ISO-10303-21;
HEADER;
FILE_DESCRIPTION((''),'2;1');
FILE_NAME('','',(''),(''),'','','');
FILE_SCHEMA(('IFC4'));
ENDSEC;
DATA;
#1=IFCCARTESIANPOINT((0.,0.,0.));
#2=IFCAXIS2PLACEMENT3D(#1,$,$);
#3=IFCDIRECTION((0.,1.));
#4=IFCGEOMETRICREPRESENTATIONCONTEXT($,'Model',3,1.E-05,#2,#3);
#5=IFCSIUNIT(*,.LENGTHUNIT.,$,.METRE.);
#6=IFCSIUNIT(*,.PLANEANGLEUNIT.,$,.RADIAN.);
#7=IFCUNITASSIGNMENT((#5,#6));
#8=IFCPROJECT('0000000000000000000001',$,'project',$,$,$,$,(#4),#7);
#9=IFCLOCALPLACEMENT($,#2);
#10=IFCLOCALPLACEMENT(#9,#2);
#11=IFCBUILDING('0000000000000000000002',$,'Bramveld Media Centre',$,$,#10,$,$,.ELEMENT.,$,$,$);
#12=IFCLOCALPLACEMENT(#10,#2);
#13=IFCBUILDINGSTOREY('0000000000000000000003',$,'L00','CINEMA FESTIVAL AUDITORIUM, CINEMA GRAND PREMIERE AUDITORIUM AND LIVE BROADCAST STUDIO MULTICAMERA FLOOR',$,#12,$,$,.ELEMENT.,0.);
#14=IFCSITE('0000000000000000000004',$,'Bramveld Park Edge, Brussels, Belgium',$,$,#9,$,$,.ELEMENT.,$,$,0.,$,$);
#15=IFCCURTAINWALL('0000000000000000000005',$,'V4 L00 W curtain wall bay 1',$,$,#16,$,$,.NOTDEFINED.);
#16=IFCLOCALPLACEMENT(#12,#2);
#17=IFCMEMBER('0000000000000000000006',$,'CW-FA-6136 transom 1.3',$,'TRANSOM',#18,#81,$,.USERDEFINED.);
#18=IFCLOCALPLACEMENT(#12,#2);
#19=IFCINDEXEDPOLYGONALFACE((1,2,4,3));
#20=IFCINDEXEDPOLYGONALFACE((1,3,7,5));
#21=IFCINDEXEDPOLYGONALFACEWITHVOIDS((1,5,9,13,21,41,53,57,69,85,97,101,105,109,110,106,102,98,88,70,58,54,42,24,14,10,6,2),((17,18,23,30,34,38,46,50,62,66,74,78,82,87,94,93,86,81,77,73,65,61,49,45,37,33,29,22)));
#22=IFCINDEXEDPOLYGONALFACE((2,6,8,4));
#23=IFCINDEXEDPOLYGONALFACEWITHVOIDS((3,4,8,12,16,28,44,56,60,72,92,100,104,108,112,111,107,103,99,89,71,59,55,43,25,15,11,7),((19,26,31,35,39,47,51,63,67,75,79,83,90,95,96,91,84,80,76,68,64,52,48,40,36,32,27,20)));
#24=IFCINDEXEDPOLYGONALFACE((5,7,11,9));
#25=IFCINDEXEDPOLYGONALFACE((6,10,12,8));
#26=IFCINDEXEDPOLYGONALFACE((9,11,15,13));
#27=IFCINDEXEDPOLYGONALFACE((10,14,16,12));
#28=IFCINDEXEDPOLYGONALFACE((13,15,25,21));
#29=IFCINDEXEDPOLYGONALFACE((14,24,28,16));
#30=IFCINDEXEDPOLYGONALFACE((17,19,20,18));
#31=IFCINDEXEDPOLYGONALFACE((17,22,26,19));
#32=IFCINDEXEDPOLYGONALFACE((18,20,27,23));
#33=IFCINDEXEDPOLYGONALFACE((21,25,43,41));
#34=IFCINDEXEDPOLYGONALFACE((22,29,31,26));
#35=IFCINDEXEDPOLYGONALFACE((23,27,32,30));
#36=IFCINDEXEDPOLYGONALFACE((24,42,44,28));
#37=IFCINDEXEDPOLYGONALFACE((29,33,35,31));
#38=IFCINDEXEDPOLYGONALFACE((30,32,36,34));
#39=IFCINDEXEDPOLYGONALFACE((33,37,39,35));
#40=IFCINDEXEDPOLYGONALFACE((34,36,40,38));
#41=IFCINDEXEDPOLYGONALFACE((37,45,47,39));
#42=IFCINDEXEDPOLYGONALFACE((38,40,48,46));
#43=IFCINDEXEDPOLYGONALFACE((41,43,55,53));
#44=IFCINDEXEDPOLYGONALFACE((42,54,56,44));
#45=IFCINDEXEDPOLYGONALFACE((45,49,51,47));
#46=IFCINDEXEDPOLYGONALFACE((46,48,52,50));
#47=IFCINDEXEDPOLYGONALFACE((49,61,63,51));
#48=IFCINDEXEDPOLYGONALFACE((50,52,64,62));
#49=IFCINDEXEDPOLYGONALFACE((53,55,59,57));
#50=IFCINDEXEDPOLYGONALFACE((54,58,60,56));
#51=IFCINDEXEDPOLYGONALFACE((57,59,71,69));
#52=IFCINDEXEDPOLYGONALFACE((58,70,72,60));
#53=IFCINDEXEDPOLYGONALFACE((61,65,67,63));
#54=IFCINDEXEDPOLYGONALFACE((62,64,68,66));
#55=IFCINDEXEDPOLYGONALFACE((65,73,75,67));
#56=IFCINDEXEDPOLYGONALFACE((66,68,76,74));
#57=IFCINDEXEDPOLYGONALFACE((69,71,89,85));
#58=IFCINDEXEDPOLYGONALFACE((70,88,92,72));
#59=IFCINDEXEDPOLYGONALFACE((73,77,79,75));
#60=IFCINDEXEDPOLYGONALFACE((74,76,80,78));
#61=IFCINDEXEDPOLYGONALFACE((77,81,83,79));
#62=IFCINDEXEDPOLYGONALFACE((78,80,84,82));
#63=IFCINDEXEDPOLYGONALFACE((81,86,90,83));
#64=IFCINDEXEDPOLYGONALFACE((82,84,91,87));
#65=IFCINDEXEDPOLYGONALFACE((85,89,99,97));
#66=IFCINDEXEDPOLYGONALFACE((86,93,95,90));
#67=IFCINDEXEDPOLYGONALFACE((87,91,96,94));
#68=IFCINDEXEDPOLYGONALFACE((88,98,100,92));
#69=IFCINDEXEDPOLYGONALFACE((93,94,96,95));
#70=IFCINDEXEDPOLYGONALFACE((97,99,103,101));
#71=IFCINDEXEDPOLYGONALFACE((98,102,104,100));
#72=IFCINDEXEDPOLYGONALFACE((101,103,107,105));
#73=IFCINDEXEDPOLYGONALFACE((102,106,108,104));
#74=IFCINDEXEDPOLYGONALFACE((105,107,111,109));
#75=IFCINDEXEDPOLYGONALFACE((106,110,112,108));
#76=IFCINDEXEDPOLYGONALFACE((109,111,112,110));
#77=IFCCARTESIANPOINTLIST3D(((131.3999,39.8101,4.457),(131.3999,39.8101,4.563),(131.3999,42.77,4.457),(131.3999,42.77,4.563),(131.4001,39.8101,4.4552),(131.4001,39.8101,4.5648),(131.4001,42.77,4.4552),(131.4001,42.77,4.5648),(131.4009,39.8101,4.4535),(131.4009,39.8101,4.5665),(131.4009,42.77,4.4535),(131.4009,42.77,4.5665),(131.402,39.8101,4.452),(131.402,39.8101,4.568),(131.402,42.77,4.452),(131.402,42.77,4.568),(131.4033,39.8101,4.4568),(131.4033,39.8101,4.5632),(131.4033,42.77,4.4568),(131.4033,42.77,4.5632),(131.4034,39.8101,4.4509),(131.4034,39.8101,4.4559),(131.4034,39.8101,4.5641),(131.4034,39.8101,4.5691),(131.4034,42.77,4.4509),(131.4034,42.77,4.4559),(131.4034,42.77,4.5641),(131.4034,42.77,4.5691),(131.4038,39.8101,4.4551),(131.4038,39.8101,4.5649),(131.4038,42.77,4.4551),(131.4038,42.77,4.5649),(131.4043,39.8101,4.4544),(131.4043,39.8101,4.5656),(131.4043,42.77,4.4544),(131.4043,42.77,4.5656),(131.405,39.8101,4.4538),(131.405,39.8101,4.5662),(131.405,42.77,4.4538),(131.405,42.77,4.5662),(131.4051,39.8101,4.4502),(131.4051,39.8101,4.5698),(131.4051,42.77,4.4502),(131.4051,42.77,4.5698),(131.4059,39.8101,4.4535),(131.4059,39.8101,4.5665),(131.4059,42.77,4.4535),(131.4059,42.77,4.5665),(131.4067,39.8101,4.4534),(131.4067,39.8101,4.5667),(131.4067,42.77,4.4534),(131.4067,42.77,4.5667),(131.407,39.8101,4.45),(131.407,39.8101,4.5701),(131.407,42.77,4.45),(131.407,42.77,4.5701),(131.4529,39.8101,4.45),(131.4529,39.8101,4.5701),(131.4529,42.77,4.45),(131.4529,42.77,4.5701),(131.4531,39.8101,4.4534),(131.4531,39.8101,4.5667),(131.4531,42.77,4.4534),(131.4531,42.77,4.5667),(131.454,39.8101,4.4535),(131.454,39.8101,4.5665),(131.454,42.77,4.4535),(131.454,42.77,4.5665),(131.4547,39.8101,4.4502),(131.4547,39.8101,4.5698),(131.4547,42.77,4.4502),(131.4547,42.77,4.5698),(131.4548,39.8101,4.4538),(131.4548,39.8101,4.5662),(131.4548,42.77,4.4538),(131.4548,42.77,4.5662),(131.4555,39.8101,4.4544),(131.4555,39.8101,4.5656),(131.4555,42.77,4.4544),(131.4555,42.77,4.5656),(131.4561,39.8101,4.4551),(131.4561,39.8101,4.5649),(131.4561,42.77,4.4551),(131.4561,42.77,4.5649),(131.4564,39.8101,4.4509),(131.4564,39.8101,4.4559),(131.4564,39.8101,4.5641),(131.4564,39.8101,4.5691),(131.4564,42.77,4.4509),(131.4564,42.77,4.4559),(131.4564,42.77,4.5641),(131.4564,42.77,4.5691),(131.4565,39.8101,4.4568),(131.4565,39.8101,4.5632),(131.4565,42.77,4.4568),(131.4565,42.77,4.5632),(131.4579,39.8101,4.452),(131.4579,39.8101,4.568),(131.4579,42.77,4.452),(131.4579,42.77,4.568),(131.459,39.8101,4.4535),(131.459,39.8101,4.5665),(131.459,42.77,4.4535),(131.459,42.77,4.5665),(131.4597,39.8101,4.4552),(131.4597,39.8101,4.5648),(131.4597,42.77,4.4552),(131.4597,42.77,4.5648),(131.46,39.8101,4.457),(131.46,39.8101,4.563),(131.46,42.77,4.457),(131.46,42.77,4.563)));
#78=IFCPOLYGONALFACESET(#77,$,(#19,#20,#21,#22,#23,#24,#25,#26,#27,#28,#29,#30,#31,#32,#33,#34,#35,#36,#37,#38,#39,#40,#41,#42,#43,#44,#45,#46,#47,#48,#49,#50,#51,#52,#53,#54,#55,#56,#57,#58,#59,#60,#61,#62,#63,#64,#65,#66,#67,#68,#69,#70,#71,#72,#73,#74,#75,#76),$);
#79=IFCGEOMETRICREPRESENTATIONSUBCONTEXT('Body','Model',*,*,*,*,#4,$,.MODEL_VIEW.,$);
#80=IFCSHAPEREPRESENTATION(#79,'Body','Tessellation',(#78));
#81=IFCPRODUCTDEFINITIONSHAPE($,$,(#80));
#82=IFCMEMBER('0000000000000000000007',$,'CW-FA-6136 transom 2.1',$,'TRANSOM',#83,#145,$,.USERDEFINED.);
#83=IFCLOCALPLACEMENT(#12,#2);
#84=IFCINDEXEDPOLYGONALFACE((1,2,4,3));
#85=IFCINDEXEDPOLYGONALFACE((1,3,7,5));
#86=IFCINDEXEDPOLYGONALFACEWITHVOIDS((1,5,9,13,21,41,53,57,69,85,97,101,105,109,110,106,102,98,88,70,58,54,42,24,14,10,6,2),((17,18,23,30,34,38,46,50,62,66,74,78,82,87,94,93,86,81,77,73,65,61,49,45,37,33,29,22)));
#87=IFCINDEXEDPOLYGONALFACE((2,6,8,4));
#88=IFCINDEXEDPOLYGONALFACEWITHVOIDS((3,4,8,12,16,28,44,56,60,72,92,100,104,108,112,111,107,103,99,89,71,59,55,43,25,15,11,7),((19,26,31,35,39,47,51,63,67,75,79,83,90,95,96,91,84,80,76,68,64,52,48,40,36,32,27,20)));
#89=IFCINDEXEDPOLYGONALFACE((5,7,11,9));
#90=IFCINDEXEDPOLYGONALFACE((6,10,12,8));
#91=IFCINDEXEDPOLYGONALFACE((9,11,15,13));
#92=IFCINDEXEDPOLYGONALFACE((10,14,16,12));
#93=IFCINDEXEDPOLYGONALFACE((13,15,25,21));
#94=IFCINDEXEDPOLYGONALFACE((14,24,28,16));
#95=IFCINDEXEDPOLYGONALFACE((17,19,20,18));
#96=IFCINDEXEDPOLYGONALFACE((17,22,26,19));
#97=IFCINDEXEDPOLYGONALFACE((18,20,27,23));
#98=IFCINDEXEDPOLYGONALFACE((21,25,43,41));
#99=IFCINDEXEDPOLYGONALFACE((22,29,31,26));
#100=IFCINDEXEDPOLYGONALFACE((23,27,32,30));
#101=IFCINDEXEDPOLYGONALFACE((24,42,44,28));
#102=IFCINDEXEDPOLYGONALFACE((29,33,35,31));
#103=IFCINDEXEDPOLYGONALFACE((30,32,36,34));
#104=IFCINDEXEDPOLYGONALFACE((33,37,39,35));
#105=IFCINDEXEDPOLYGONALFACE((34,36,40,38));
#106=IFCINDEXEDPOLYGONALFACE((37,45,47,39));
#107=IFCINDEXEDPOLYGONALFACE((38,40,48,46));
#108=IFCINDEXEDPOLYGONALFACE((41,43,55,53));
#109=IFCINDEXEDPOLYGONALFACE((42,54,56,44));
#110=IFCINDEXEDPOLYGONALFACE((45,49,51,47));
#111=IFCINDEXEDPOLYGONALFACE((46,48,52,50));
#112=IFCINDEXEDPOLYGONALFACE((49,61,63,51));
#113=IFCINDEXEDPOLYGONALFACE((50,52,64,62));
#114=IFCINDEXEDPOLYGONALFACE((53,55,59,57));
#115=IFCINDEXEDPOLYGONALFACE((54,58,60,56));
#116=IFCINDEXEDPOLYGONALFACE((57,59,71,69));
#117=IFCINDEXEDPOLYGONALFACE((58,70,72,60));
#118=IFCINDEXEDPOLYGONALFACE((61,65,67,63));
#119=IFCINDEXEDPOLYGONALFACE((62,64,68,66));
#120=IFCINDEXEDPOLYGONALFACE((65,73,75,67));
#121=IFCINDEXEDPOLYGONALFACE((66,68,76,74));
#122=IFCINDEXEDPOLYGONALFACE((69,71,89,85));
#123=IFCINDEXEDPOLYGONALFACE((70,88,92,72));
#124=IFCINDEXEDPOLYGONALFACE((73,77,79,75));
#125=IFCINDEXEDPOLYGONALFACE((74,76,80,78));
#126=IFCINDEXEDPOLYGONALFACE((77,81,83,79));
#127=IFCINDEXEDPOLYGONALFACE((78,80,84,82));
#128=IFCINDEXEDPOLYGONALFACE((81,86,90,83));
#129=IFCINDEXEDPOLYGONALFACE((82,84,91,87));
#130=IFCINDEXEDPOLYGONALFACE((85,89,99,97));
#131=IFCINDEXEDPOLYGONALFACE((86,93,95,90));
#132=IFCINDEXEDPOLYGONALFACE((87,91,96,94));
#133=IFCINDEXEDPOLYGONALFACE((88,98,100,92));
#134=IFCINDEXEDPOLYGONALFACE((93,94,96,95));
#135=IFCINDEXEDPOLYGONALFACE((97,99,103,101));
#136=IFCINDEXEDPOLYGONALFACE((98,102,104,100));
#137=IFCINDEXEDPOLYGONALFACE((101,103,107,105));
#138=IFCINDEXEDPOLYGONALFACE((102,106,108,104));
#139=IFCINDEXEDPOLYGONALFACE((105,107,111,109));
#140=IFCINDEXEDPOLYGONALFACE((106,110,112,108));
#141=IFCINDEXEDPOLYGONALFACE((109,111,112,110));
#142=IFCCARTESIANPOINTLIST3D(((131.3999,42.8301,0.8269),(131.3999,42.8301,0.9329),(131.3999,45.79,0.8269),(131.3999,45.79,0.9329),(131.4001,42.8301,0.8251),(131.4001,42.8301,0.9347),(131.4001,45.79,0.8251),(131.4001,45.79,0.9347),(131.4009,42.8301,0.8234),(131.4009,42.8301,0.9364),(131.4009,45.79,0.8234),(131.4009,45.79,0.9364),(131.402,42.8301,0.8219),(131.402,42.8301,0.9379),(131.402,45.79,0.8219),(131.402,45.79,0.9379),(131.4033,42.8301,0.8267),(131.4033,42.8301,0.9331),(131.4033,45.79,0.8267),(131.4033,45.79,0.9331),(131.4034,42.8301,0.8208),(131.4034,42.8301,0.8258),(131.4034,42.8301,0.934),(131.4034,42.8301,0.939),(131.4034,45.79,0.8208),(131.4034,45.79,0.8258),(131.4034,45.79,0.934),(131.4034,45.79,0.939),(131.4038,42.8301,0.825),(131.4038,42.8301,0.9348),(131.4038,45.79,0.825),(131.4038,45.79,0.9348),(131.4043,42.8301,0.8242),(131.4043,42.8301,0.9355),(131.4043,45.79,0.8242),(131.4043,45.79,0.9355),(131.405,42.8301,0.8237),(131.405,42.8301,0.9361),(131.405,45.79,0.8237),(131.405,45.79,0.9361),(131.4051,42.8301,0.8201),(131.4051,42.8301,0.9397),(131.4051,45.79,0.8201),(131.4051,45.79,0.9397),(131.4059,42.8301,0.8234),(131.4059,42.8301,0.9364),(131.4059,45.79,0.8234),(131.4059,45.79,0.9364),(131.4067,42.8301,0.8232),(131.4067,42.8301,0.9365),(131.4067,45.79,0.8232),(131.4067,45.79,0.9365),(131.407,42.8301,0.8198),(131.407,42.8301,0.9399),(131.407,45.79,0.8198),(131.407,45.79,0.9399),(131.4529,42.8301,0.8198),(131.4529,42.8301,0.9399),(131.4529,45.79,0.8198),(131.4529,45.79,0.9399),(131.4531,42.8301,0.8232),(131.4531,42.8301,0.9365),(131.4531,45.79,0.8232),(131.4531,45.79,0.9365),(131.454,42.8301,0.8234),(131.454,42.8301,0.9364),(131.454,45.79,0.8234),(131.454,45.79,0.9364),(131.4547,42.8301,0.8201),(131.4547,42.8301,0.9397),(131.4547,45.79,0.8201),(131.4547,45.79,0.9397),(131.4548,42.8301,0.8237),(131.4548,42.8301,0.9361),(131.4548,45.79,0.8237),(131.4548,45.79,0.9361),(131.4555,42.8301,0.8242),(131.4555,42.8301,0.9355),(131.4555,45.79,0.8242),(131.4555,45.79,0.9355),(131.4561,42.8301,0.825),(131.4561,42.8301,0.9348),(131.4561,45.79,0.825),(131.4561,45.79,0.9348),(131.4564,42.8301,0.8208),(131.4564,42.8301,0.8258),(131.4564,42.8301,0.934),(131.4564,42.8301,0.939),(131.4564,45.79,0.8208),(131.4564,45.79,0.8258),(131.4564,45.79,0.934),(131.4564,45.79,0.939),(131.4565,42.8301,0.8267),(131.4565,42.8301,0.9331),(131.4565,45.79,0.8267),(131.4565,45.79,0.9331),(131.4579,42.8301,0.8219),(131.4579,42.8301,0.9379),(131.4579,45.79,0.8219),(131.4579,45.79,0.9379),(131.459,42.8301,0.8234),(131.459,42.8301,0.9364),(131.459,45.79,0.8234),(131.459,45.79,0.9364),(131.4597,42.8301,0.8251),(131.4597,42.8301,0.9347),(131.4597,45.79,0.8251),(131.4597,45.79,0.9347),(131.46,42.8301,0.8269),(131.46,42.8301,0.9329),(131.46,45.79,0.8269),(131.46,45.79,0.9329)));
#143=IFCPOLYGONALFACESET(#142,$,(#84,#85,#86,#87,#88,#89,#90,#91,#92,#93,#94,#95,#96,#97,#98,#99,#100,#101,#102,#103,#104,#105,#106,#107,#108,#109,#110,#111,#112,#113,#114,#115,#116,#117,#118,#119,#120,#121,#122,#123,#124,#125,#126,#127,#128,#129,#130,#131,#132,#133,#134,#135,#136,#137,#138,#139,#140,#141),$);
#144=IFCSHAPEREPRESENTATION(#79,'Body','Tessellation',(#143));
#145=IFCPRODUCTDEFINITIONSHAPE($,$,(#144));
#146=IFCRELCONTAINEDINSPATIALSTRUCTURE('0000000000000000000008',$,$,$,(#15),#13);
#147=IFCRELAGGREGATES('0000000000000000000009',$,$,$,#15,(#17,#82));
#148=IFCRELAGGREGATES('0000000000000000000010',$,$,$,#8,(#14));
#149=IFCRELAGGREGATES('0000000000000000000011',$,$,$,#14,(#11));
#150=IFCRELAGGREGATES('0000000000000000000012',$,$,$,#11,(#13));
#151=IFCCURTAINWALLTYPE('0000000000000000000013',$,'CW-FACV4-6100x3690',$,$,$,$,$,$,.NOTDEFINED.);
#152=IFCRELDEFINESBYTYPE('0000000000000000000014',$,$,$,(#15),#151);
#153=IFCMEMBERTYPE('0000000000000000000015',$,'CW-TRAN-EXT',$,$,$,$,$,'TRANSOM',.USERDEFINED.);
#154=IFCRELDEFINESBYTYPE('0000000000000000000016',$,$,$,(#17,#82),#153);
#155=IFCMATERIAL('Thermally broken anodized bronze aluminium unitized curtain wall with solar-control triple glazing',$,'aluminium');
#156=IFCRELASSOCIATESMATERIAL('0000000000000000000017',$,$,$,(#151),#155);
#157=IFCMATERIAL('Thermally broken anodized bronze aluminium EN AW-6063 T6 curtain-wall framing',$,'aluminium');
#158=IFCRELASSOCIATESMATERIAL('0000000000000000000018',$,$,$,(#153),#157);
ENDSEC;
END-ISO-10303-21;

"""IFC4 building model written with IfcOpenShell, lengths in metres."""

from ifc_helpers import new_model, si_unit, direction, frame, origin, origin_2d, place, context, subcontext, project, spatial, hollow_rectangle, extrude, material, material_profile, profile_set, type_object, element, aggregate, save


model = new_model("IFC4")

# Units and contexts
model_context = context("Model", 3, precision=1e-05, world=origin(), true_north=direction((0.0, 1.0)))
body_context = subcontext(model_context, "Body", "Model", "MODEL_VIEW")
ifc_project = project(units=[si_unit("LENGTHUNIT", "METRE"), si_unit("PLANEANGLEUNIT", "RADIAN")], contexts=[model_context])

# Site, building, storey
site_placement = place(None, origin())
site = spatial("IfcSite", under=ifc_project, at=site_placement, Name="Bramveld Park Edge, Brussels, Belgium", CompositionType="ELEMENT", RefElevation=0.0)
building_placement = place(site_placement, origin())
building = spatial("IfcBuilding", under=site, at=building_placement, Name="Bramveld Media Centre", CompositionType="ELEMENT")
storey_placement = place(building_placement, origin())
storey = spatial("IfcBuildingStorey", under=building, at=storey_placement, Name="L00", Description="CINEMA FESTIVAL AUDITORIUM, CINEMA GRAND PREMIERE AUDITORIUM AND LIVE BROADCAST STUDIO MULTICAMERA FLOOR", CompositionType="ELEMENT", Elevation=0.0)

# Curtain wall, members
ifc_material_1 = material(Name="Thermally broken anodized bronze aluminium unitized curtain wall with solar-control triple glazing", Category="aluminium")
curtain_wall_type = type_object("IfcCurtainWallType", Name="CW-FACV4-6100x3690", PredefinedType="NOTDEFINED", material=ifc_material_1)
curtain_wall_placement = place(storey_placement, origin())
curtain_wall = element("IfcCurtainWall", 1, at=curtain_wall_placement, inside=storey, type_object=curtain_wall_type, Name="V4 L00 W curtain wall bay 1", PredefinedType="NOTDEFINED")
ifc_material_2 = material(Name="Thermally broken anodized bronze aluminium EN AW-6063 T6 curtain-wall framing", Category="aluminium")
ifc_material_profile_1 = material_profile(ifc_material_2, hollow_rectangle(XDim=0.0601, YDim=0.1201, WallThickness=0.0034, InnerFilletRadius=0.0034, OuterFilletRadius=0.0071, at=origin_2d()), Name="AL-TRAN 60x120")
ifc_profile_set_1 = profile_set([ifc_material_profile_1], Name="Thermally broken anodized bronze aluminium EN AW-6063 T6 curtain-wall framing")
member_type_1 = type_object("IfcMemberType", Name="CW-TRAN-EXT", ElementType="TRANSOM", PredefinedType="USERDEFINED", material=ifc_profile_set_1)
member_1_placement = place(storey_placement, frame((131.4299, 39.8101, 4.51), z_axis=(0.0, 1.0, 0.0), x_axis=(-1.0, 0.0, 0.0)))
member_1 = element("IfcMember", 2, at=member_1_placement, type_object=member_type_1, Name="CW-FA-6136 transom 1.3", ObjectType="TRANSOM", PredefinedType="USERDEFINED", context=body_context, shape_type="SweptSolid", body=[
    extrude(hollow_rectangle(XDim=0.0601, YDim=0.1201, WallThickness=0.0034, InnerFilletRadius=0.0034, OuterFilletRadius=0.0071, at=origin_2d()), origin(), (0.0, 0.0, 1.0), 2.96),
])
member_2_placement = place(storey_placement, frame((131.4299, 42.8301, 0.8799), z_axis=(0.0, 1.0, 0.0), x_axis=(-1.0, 0.0, 0.0)))
member_2 = element("IfcMember", 3, at=member_2_placement, type_object=member_type_1, Name="CW-FA-6136 transom 2.1", ObjectType="TRANSOM", PredefinedType="USERDEFINED", context=body_context, shape_type="SweptSolid", body=[
    extrude(hollow_rectangle(XDim=0.0601, YDim=0.1201, WallThickness=0.0034, InnerFilletRadius=0.0034, OuterFilletRadius=0.0071, at=origin_2d()), origin(), (0.0, 0.0, 1.0), 2.96),
])

aggregate(curtain_wall, [member_1, member_2])

save(model, "model.ifc")
